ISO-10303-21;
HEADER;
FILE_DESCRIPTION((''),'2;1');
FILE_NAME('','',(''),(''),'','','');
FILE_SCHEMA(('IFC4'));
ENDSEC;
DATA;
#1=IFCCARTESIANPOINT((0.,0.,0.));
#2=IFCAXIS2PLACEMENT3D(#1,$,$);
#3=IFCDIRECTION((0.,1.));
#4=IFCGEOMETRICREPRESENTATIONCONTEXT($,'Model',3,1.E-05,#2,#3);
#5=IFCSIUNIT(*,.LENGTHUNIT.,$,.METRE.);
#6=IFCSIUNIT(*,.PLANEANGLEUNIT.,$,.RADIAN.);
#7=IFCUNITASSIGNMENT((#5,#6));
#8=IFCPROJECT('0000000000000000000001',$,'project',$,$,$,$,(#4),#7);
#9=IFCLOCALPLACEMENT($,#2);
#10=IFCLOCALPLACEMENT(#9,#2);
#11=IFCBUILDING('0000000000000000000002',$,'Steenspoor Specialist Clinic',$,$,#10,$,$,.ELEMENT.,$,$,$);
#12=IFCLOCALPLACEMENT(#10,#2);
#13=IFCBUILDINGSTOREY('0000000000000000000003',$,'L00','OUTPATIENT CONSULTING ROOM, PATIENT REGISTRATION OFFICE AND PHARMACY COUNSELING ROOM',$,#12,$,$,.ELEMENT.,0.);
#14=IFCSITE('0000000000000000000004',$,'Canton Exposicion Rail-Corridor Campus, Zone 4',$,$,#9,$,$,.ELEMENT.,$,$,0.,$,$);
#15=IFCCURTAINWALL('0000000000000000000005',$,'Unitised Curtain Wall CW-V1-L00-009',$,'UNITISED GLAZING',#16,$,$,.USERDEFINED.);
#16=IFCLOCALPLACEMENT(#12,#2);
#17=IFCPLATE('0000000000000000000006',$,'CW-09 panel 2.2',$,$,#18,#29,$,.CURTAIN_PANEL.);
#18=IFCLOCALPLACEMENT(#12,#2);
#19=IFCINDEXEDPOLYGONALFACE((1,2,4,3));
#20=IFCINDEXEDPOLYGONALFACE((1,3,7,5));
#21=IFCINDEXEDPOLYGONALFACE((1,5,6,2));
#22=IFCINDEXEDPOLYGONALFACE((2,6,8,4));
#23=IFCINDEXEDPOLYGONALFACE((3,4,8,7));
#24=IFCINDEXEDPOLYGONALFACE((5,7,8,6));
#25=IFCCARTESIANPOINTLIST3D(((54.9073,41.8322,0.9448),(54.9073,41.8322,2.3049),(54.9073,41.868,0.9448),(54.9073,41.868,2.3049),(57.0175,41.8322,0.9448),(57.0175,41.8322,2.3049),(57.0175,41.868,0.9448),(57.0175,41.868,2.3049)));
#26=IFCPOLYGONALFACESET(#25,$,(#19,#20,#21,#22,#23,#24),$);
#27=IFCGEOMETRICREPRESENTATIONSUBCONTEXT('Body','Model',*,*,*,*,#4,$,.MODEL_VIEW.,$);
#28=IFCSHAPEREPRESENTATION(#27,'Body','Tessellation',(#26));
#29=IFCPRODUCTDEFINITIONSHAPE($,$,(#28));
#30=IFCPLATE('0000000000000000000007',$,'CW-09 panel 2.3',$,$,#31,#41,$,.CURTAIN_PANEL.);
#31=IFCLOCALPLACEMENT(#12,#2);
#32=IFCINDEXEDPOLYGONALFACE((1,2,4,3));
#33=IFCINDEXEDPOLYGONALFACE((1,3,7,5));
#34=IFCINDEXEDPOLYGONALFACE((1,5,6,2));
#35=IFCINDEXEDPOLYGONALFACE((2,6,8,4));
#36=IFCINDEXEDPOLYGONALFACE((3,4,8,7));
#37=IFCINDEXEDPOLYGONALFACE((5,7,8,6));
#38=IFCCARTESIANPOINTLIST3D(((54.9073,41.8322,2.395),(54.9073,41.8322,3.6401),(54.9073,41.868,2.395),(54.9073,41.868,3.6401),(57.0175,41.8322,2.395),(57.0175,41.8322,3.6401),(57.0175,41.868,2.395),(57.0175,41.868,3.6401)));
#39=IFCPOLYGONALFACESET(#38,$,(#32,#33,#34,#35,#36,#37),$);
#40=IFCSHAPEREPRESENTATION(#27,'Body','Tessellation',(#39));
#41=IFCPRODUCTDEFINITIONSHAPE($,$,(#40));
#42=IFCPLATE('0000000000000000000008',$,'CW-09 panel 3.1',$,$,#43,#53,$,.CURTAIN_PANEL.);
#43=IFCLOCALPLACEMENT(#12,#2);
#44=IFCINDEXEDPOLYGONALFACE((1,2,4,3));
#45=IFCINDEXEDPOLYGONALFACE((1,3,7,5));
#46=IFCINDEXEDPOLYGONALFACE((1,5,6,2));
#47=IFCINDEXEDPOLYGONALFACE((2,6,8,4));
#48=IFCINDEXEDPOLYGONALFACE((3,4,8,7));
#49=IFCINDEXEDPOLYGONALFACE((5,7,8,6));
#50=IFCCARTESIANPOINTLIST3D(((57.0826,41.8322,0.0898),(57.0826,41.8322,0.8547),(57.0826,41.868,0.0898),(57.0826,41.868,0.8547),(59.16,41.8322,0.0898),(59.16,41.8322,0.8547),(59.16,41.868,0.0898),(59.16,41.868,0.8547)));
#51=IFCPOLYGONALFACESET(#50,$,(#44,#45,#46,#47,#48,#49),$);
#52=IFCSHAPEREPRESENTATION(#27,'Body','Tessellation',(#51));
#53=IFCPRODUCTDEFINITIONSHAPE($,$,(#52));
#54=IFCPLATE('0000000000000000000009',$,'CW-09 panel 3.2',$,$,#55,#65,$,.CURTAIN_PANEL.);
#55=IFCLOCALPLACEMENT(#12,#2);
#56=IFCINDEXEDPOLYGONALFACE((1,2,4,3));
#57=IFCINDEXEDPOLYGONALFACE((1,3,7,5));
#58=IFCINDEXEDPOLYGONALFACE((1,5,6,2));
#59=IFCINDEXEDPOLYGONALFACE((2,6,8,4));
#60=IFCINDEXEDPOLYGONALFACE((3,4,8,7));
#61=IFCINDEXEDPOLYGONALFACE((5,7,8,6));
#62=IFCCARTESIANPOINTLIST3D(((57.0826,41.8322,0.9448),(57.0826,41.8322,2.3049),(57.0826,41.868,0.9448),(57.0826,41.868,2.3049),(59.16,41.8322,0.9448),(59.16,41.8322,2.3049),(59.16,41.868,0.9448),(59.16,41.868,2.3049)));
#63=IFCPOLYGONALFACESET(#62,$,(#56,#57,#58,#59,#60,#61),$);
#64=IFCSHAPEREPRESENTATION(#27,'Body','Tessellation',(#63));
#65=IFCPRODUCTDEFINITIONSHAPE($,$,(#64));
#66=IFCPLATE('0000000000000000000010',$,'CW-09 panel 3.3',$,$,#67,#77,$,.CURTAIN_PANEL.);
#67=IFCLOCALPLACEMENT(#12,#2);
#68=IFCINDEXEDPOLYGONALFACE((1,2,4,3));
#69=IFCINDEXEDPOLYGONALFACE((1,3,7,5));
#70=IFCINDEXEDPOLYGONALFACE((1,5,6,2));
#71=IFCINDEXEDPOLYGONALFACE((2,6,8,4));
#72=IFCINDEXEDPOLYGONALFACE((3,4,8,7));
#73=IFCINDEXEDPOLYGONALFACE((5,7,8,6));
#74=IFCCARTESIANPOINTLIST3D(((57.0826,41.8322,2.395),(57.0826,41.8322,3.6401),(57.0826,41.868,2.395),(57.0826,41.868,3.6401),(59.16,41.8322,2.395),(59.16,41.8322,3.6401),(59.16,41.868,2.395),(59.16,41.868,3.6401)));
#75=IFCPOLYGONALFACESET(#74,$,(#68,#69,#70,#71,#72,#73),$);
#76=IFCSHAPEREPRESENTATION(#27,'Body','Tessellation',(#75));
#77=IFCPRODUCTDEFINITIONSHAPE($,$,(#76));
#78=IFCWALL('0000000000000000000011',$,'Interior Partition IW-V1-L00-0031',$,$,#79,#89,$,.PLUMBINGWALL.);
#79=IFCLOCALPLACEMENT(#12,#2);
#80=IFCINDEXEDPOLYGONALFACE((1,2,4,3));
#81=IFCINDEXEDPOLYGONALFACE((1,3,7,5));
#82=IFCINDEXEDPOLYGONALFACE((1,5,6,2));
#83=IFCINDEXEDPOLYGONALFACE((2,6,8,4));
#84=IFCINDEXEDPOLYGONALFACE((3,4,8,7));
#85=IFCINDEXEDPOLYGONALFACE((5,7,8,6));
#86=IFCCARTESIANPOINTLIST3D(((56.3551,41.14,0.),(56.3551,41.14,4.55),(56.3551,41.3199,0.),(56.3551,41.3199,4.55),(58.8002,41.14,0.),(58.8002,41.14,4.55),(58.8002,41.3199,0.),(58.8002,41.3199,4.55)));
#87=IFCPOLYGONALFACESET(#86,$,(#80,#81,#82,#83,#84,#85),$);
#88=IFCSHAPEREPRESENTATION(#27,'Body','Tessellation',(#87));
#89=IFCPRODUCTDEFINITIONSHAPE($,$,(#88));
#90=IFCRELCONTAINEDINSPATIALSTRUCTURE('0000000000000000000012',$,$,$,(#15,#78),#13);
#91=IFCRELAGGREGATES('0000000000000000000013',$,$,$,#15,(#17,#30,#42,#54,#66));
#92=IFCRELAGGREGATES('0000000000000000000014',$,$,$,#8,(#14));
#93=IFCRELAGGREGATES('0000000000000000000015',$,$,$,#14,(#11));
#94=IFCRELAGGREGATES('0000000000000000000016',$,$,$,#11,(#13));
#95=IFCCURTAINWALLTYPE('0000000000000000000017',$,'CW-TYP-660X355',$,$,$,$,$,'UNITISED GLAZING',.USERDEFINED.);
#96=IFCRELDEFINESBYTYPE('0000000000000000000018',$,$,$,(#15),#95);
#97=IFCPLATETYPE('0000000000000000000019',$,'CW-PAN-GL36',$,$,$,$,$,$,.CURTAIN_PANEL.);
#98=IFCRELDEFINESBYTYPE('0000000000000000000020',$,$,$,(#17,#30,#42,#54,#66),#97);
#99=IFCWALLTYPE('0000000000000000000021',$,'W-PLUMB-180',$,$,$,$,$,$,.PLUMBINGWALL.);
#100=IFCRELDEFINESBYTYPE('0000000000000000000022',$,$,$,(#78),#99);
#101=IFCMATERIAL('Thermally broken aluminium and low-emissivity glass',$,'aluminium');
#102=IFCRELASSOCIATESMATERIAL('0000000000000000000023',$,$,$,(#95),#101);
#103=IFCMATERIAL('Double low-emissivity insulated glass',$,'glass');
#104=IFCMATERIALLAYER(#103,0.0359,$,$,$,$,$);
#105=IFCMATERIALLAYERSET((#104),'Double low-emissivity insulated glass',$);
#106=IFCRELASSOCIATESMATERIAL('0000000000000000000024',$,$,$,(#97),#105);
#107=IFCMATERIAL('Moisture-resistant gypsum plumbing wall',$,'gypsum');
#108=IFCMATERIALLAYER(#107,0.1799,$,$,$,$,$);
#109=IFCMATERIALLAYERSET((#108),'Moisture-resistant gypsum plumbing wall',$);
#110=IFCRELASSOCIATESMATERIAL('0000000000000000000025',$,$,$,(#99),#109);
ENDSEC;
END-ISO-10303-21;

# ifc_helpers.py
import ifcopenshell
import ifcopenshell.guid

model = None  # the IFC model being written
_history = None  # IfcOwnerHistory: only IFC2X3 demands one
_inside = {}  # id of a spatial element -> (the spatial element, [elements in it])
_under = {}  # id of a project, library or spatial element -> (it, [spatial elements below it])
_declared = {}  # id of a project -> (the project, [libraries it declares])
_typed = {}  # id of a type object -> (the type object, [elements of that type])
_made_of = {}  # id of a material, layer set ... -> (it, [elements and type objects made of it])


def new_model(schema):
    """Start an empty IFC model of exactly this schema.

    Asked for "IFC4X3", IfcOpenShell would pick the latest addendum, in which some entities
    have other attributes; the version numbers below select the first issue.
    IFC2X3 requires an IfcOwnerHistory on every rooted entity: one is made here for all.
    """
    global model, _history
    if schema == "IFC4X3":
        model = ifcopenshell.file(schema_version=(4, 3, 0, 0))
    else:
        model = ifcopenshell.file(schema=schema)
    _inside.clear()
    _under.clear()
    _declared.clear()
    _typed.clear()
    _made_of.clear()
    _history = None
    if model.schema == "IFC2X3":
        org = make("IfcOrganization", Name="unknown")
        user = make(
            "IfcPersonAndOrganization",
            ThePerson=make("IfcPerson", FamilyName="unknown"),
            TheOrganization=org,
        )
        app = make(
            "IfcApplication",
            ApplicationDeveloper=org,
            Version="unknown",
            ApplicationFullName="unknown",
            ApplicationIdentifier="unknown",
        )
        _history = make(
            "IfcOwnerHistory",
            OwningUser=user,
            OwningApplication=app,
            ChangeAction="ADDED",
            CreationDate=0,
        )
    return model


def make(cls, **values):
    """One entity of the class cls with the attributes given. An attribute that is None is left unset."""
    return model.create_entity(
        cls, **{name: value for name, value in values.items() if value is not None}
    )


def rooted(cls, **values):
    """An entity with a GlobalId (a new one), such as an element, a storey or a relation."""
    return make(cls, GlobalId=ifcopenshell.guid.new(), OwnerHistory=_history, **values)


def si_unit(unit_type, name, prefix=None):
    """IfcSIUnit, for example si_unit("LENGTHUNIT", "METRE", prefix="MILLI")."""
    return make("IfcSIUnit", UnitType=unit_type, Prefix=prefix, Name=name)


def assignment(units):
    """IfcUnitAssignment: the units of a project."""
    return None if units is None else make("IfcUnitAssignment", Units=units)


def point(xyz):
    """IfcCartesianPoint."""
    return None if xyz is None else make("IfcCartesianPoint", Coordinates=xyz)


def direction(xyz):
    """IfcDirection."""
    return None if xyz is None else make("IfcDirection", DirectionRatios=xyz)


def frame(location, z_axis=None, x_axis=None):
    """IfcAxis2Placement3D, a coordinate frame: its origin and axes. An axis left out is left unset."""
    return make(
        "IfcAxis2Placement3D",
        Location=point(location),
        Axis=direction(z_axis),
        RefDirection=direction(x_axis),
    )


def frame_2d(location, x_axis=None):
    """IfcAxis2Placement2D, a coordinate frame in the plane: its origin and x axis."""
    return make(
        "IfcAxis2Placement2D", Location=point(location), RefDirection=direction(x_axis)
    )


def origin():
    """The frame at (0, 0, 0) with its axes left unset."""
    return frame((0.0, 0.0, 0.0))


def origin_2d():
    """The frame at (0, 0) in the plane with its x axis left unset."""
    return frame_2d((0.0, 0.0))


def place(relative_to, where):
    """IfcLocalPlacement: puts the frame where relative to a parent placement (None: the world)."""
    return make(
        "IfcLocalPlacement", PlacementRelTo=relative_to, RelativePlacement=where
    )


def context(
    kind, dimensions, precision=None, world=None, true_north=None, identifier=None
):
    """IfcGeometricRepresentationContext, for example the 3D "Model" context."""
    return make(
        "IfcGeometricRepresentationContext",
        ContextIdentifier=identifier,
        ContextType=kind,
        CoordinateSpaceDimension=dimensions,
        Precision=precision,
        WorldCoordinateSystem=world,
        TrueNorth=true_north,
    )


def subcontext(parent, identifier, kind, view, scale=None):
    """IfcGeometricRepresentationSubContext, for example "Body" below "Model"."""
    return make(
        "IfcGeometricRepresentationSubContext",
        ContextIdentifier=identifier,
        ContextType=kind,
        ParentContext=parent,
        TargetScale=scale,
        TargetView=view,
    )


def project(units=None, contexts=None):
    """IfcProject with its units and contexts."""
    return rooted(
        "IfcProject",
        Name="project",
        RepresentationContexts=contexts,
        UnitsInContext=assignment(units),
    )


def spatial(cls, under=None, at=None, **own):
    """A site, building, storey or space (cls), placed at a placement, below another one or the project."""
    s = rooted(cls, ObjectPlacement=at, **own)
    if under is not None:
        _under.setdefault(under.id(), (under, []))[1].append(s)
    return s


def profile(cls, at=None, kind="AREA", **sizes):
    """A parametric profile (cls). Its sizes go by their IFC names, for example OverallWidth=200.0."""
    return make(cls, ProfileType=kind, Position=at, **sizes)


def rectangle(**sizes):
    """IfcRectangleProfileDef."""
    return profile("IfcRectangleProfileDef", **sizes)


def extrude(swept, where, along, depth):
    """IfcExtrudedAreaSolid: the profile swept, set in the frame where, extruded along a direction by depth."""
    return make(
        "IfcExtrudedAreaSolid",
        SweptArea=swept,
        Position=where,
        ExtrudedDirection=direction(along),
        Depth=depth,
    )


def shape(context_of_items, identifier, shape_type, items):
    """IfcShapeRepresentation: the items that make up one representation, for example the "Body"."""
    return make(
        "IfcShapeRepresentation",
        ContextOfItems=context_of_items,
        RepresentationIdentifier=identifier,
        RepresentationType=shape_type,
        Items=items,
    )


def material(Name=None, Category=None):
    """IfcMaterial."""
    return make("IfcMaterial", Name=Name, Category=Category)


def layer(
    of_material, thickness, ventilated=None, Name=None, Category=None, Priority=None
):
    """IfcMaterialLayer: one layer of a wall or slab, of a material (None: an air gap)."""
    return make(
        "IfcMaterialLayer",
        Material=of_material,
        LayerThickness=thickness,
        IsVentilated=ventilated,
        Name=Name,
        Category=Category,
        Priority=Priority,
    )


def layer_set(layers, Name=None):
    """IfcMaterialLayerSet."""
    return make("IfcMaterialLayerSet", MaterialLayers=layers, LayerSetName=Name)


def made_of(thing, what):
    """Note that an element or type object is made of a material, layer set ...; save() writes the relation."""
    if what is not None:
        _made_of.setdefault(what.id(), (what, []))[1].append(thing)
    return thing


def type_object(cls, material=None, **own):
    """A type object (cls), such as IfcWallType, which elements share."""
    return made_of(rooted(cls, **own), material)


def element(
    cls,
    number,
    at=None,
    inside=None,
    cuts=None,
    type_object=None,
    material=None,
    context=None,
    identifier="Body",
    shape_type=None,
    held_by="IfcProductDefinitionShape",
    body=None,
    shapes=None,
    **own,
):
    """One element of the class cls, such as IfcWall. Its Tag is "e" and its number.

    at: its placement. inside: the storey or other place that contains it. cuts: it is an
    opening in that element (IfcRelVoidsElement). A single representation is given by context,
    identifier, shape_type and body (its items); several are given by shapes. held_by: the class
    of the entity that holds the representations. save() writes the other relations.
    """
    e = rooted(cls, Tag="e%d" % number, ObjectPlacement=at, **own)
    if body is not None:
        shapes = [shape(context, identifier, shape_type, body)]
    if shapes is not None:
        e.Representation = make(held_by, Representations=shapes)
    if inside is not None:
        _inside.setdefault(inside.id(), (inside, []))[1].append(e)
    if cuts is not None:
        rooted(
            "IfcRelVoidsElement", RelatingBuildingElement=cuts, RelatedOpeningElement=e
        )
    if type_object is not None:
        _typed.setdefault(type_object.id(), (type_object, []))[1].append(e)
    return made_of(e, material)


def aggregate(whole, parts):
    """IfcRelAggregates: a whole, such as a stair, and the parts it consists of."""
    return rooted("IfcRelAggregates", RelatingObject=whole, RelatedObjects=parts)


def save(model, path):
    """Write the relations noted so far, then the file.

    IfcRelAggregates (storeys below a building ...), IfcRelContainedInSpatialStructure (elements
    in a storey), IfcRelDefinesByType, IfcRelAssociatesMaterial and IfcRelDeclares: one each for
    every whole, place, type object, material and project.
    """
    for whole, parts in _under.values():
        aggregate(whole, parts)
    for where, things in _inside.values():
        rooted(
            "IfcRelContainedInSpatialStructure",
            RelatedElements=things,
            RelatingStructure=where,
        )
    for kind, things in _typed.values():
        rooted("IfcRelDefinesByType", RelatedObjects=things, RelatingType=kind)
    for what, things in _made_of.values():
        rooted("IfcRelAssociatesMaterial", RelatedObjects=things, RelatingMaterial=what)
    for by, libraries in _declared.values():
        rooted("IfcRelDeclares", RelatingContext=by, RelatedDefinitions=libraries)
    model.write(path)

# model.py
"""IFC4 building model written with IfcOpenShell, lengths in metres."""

from ifc_helpers import new_model, si_unit, direction, frame, frame_2d, origin, origin_2d, place, context, subcontext, project, spatial, rectangle, extrude, material, layer, layer_set, type_object, element, aggregate, save


model = new_model("IFC4")

# Units and contexts
model_context = context("Model", 3, precision=1e-05, world=origin(), true_north=direction((0.0, 1.0)))
body_context = subcontext(model_context, "Body", "Model", "MODEL_VIEW")
ifc_project = project(units=[si_unit("LENGTHUNIT", "METRE"), si_unit("PLANEANGLEUNIT", "RADIAN")], contexts=[model_context])

# Site, building, storey
site_placement = place(None, origin())
site = spatial("IfcSite", under=ifc_project, at=site_placement, Name="Canton Exposicion Rail-Corridor Campus, Zone 4", CompositionType="ELEMENT", RefElevation=0.0)
building_placement = place(site_placement, origin())
building = spatial("IfcBuilding", under=site, at=building_placement, Name="Steenspoor Specialist Clinic", CompositionType="ELEMENT")
storey_placement = place(building_placement, origin())
storey = spatial("IfcBuildingStorey", under=building, at=storey_placement, Name="L00", Description="OUTPATIENT CONSULTING ROOM, PATIENT REGISTRATION OFFICE AND PHARMACY COUNSELING ROOM", CompositionType="ELEMENT", Elevation=0.0)

# Curtain wall, plates
ifc_material_1 = material(Name="Thermally broken aluminium and low-emissivity glass", Category="aluminium")
curtain_wall_type = type_object("IfcCurtainWallType", Name="CW-TYP-660X355", ElementType="UNITISED GLAZING", PredefinedType="USERDEFINED", material=ifc_material_1)
curtain_wall_placement = place(storey_placement, origin())
curtain_wall = element("IfcCurtainWall", 1, at=curtain_wall_placement, inside=storey, type_object=curtain_wall_type, Name="Unitised Curtain Wall CW-V1-L00-009", ObjectType="UNITISED GLAZING", PredefinedType="USERDEFINED")
ifc_material_2 = material(Name="Double low-emissivity insulated glass", Category="glass")
ifc_layer_1 = layer(ifc_material_2, 0.0359)
ifc_layer_set_1 = layer_set([ifc_layer_1], Name="Double low-emissivity insulated glass")
plate_type = type_object("IfcPlateType", Name="CW-PAN-GL36", PredefinedType="CURTAIN_PANEL", material=ifc_layer_set_1)
plate_1_placement = place(storey_placement, frame((55.9624, 41.8501, 0.9448), z_axis=(0.0, 0.0, 1.0), x_axis=(1.0, 0.0, 0.0)))
plate_1 = element("IfcPlate", 2, at=plate_1_placement, type_object=plate_type, Name="CW-09 panel 2.2", PredefinedType="CURTAIN_PANEL", context=body_context, shape_type="SweptSolid", body=[
    extrude(rectangle(XDim=2.1101, YDim=0.0359, at=origin_2d()), origin(), (0.0, 0.0, 1.0), 1.3601),
])
plate_2_placement = place(storey_placement, frame((55.9624, 41.8501, 2.395), z_axis=(0.0, 0.0, 1.0), x_axis=(1.0, 0.0, 0.0)))
plate_2 = element("IfcPlate", 3, at=plate_2_placement, type_object=plate_type, Name="CW-09 panel 2.3", PredefinedType="CURTAIN_PANEL", context=body_context, shape_type="SweptSolid", body=[
    extrude(rectangle(XDim=2.1101, YDim=0.0359, at=origin_2d()), origin(), (0.0, 0.0, 1.0), 1.2451),
])
plate_3_placement = place(storey_placement, frame((58.1213, 41.8501, 0.0898), z_axis=(0.0, 0.0, 1.0), x_axis=(1.0, 0.0, 0.0)))
plate_3 = element("IfcPlate", 4, at=plate_3_placement, type_object=plate_type, Name="CW-09 panel 3.1", PredefinedType="CURTAIN_PANEL", context=body_context, shape_type="SweptSolid", body=[
    extrude(rectangle(XDim=2.0774, YDim=0.0359, at=origin_2d()), origin(), (0.0, 0.0, 1.0), 0.7649),
])
plate_4_placement = place(storey_placement, frame((58.1213, 41.8501, 0.9448), z_axis=(0.0, 0.0, 1.0), x_axis=(1.0, 0.0, 0.0)))
plate_4 = element("IfcPlate", 5, at=plate_4_placement, type_object=plate_type, Name="CW-09 panel 3.2", PredefinedType="CURTAIN_PANEL", context=body_context, shape_type="SweptSolid", body=[
    extrude(rectangle(XDim=2.0774, YDim=0.0359, at=origin_2d()), origin(), (0.0, 0.0, 1.0), 1.3601),
])
plate_5_placement = place(storey_placement, frame((58.1213, 41.8501, 2.395), z_axis=(0.0, 0.0, 1.0), x_axis=(1.0, 0.0, 0.0)))
plate_5 = element("IfcPlate", 6, at=plate_5_placement, type_object=plate_type, Name="CW-09 panel 3.3", PredefinedType="CURTAIN_PANEL", context=body_context, shape_type="SweptSolid", body=[
    extrude(rectangle(XDim=2.0774, YDim=0.0359, at=origin_2d()), origin(), (0.0, 0.0, 1.0), 1.2451),
])
aggregate(curtain_wall, [plate_1, plate_2, plate_3, plate_4, plate_5])

# Wall
ifc_material_3 = material(Name="Moisture-resistant gypsum plumbing wall", Category="gypsum")
ifc_layer_2 = layer(ifc_material_3, 0.1799)
ifc_layer_set_2 = layer_set([ifc_layer_2], Name="Moisture-resistant gypsum plumbing wall")
wall_type = type_object("IfcWallType", Name="W-PLUMB-180", PredefinedType="PLUMBINGWALL", material=ifc_layer_set_2)
wall_placement = place(storey_placement, frame((56.355, 41.23, 0.0), z_axis=(0.0, 0.0, 1.0), x_axis=(1.0, 0.0, 0.0)))
element("IfcWall", 7, at=wall_placement, inside=storey, type_object=wall_type, Name="Interior Partition IW-V1-L00-0031", PredefinedType="PLUMBINGWALL", context=body_context, shape_type="SweptSolid", body=[
    extrude(rectangle(XDim=2.4451, YDim=0.1799, at=frame_2d((1.2227, 0.0))), origin(), (0.0, 0.0, 1.0), 4.55),
])

save(model, "model.ifc")
